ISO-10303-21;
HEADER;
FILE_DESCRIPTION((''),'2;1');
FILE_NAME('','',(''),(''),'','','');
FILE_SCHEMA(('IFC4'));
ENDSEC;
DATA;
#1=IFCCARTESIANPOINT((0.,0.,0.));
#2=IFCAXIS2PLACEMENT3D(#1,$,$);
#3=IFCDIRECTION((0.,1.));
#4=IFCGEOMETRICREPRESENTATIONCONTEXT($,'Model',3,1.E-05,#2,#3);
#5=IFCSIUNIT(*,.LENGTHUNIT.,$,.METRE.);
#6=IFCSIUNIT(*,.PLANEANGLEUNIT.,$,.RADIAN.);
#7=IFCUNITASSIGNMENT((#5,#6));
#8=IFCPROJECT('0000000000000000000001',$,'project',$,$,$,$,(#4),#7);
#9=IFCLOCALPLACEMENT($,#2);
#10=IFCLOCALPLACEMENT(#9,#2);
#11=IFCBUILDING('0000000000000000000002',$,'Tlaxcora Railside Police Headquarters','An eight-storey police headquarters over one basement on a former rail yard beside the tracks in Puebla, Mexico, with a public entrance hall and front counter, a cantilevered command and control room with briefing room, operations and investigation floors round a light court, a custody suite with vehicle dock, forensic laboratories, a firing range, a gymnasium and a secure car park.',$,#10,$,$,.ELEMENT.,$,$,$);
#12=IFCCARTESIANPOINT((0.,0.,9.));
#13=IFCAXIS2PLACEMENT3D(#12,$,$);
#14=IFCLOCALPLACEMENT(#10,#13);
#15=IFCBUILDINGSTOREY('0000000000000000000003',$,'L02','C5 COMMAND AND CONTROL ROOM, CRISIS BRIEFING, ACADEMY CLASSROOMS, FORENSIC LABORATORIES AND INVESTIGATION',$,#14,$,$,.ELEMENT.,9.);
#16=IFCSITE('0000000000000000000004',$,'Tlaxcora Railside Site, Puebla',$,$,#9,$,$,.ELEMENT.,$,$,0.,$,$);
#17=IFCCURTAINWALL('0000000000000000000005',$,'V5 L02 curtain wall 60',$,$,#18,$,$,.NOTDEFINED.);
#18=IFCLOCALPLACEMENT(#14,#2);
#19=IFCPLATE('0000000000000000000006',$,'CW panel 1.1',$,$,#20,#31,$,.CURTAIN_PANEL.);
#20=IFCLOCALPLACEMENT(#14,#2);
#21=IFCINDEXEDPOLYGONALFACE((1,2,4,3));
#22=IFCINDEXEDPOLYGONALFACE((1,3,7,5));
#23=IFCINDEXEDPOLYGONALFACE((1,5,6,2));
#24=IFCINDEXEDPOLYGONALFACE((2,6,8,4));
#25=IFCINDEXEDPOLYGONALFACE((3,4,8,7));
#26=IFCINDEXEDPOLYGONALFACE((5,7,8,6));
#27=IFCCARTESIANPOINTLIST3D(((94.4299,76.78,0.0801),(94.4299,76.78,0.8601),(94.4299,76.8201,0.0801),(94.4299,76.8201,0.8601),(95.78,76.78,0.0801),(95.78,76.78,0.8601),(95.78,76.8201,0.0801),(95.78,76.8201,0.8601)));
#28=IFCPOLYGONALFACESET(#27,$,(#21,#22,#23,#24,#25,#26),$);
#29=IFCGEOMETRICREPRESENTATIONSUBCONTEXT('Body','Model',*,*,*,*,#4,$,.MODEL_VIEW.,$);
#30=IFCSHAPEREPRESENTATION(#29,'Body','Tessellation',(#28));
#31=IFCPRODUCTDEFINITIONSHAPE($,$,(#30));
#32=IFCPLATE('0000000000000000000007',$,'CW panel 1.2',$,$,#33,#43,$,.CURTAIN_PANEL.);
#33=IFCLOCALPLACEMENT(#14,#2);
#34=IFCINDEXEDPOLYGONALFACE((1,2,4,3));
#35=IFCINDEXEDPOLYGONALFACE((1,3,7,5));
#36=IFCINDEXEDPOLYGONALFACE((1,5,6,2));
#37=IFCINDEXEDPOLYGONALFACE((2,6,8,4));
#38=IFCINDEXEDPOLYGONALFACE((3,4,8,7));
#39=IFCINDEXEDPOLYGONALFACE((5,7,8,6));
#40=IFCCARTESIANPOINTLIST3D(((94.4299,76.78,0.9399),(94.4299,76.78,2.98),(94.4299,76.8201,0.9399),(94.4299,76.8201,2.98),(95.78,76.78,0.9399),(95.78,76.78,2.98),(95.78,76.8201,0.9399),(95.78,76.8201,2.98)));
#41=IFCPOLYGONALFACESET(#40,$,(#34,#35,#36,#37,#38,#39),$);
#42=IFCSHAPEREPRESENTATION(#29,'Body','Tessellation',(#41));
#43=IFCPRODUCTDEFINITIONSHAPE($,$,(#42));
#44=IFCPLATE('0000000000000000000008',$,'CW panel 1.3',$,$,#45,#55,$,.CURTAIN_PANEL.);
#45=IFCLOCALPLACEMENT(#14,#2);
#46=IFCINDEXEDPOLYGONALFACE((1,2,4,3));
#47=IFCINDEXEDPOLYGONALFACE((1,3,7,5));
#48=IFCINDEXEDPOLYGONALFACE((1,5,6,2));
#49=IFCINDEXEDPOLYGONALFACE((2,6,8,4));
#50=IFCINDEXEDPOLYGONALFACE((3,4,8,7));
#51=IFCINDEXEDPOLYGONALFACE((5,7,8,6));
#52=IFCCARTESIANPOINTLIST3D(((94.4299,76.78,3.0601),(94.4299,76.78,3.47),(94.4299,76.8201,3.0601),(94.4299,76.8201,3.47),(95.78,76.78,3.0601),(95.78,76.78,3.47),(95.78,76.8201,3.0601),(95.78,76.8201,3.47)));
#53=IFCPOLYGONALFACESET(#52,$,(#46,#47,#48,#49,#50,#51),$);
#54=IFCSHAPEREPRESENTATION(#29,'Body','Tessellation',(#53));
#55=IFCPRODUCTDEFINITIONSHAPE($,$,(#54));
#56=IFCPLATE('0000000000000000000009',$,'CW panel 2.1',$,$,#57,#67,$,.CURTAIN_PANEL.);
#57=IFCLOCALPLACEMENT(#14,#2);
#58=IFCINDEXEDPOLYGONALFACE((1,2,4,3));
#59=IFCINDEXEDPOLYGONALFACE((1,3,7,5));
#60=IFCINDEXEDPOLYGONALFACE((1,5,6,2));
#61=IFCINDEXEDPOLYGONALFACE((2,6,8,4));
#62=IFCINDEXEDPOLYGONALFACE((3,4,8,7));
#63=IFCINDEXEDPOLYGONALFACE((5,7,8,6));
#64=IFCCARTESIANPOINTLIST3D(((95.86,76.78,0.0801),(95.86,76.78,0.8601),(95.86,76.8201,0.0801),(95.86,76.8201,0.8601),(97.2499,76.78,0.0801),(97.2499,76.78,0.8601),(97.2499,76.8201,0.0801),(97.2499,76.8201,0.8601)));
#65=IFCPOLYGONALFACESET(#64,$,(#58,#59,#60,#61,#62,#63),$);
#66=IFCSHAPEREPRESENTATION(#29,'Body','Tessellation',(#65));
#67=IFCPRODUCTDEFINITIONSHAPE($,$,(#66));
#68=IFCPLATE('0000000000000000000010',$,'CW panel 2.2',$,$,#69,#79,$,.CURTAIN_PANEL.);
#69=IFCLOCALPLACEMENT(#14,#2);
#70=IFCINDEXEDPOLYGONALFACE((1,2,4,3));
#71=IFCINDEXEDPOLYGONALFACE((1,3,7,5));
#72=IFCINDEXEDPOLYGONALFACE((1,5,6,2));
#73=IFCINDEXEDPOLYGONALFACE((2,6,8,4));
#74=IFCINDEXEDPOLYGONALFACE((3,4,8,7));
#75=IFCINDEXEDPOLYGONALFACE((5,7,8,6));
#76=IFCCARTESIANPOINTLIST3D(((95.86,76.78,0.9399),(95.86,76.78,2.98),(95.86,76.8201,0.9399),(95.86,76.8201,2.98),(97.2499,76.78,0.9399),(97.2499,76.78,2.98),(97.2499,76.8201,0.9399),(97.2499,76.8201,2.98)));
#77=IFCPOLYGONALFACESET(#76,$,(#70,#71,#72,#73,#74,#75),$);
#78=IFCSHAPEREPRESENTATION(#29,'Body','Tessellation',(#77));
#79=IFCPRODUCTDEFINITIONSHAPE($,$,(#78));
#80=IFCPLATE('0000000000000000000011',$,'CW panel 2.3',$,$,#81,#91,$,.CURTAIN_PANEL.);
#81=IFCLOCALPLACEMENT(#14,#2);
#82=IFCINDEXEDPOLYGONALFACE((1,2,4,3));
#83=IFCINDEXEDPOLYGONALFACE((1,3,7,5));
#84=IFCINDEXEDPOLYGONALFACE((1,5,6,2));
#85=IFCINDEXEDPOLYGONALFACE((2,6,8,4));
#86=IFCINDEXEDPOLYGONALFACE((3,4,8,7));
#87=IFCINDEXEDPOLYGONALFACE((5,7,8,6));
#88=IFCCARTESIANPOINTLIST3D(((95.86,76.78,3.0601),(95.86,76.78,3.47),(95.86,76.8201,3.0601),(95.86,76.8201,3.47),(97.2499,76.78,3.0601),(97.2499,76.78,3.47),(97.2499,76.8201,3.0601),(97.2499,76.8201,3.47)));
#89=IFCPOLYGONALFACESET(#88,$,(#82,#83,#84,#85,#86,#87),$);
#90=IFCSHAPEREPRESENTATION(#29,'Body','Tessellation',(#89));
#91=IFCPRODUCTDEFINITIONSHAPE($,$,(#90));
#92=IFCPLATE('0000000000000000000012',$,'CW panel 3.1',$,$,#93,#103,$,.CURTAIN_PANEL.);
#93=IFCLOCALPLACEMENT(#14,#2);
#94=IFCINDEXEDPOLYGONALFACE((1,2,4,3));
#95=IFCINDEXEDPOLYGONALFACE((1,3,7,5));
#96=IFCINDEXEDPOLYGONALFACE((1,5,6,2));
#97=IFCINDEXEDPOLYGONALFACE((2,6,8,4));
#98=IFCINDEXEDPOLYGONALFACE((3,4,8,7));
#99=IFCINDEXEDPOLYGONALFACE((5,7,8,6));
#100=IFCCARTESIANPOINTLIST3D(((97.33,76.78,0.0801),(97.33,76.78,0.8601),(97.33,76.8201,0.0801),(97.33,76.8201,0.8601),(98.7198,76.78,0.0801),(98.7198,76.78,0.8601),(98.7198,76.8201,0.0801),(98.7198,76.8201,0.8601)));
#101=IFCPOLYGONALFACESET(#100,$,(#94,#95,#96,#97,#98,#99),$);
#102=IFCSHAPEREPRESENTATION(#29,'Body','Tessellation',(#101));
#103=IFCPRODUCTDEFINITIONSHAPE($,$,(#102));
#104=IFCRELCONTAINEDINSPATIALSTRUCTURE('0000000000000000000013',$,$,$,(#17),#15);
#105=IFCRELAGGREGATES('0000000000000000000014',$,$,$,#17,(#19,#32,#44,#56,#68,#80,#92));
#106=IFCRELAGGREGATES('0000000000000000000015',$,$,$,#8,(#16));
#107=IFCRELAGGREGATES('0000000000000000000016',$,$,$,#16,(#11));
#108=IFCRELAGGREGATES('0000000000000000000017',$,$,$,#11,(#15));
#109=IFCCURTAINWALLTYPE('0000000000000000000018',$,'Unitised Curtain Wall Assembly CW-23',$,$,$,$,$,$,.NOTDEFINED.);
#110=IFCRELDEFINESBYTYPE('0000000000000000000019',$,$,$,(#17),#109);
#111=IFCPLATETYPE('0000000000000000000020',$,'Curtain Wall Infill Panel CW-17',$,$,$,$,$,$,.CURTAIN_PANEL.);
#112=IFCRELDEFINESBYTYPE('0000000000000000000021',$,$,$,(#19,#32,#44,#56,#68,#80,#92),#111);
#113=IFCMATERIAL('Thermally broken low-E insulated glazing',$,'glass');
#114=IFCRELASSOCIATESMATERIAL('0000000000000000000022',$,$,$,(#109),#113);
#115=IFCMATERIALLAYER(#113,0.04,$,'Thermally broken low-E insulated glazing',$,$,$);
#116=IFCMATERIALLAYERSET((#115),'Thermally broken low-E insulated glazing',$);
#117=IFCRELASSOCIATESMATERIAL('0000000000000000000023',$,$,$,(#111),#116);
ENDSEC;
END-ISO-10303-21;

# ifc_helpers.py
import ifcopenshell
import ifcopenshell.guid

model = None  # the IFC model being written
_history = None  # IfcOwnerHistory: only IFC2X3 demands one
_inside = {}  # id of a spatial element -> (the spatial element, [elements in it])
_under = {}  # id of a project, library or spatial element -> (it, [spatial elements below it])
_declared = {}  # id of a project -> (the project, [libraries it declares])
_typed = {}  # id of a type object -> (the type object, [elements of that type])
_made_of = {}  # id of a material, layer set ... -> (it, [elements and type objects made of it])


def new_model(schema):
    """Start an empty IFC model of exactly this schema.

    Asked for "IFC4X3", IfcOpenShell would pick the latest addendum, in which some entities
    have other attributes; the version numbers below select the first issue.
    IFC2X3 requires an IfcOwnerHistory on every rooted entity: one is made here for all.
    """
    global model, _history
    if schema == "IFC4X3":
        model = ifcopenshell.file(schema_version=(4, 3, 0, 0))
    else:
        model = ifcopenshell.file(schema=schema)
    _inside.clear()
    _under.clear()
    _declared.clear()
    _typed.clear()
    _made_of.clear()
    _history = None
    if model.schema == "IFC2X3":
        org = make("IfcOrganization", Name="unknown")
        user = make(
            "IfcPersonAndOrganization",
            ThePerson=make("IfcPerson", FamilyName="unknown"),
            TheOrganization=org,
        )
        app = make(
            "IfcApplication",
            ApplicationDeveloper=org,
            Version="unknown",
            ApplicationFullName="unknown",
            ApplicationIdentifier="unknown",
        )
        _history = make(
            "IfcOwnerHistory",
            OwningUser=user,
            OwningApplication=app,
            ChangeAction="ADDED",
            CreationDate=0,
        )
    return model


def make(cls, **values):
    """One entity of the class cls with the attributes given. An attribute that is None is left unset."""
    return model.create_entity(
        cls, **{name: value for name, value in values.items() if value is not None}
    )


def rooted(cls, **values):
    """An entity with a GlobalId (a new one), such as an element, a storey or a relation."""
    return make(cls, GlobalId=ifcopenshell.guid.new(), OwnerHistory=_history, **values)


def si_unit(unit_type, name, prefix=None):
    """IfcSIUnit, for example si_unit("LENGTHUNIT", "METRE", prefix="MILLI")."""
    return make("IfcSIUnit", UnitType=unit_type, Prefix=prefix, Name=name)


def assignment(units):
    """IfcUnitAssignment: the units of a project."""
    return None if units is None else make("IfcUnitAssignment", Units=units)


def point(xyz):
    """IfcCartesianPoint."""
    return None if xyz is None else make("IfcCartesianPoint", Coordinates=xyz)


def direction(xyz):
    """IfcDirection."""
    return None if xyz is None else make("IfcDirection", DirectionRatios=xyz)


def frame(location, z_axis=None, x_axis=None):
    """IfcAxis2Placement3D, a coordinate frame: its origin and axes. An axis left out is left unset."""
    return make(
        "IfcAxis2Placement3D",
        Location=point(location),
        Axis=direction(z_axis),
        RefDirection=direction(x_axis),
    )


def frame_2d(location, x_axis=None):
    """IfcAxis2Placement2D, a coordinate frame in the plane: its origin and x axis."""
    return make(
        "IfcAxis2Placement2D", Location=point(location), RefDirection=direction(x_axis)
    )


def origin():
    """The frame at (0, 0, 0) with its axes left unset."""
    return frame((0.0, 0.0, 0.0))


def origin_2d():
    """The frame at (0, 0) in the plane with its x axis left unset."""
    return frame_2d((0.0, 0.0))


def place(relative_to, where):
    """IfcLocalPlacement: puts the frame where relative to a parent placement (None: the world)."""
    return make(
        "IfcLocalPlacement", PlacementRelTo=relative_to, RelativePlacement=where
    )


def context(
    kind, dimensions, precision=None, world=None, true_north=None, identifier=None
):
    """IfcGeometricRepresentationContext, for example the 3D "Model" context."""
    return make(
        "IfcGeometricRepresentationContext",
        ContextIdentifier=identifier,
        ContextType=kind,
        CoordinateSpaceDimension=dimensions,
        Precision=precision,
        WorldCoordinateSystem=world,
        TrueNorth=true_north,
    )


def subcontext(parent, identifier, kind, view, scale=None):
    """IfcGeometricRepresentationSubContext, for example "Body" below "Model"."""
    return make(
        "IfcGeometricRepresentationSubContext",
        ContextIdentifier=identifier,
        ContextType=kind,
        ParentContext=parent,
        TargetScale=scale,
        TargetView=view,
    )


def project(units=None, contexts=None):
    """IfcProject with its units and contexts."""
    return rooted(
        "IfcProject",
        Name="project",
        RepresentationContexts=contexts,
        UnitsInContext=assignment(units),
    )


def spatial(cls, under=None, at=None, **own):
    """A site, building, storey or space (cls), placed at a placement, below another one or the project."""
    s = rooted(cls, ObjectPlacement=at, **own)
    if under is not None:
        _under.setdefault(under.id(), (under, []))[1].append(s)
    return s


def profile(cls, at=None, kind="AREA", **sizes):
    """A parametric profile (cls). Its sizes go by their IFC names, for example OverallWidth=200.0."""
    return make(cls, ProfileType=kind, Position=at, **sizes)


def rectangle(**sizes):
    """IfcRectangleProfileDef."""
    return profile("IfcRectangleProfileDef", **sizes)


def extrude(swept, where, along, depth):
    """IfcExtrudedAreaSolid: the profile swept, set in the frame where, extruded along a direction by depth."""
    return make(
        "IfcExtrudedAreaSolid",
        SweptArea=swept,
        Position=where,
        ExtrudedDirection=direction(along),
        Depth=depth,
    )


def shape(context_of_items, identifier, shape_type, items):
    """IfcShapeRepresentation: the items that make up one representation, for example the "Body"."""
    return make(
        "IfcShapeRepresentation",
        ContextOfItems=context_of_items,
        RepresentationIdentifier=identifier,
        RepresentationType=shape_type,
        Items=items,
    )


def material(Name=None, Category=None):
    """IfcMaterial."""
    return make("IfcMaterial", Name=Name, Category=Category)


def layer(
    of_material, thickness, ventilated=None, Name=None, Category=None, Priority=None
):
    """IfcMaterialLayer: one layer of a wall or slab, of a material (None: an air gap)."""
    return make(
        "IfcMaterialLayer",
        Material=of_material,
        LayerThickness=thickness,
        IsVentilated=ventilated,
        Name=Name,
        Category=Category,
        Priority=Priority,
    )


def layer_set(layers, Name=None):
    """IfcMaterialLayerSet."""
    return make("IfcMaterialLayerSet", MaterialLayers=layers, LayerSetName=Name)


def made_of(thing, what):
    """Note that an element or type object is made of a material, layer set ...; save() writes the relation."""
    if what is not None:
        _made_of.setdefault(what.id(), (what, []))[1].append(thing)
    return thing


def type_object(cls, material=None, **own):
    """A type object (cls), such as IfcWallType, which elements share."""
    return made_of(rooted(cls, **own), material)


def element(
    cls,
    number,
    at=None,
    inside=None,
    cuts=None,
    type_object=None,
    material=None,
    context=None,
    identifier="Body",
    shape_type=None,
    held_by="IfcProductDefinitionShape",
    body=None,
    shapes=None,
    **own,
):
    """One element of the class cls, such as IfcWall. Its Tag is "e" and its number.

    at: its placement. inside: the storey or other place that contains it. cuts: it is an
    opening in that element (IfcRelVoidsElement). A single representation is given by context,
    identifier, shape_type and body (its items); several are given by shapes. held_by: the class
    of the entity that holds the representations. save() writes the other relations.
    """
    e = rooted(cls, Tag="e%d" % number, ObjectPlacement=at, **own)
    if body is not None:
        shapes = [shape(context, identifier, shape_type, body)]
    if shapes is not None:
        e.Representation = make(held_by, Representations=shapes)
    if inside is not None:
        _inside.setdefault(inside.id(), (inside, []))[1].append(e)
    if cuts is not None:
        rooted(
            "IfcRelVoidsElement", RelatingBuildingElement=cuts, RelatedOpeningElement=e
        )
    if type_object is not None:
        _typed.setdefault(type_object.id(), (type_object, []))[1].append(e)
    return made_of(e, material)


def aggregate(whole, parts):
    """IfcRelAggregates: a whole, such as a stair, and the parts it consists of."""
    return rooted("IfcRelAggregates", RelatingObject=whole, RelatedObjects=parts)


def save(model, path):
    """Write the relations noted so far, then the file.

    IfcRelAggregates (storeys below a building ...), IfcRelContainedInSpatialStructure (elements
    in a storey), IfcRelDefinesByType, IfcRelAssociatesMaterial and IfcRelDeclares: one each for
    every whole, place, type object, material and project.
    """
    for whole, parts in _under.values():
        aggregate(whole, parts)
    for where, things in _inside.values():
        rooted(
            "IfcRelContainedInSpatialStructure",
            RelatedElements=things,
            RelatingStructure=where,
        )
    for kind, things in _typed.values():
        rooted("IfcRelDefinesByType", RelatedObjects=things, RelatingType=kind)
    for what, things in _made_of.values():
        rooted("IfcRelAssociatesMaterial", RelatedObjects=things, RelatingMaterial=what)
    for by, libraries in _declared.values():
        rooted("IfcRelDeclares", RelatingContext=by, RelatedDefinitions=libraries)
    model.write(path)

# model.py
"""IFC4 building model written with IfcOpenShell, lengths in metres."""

from ifc_helpers import new_model, si_unit, direction, frame, origin, origin_2d, place, context, subcontext, project, spatial, rectangle, extrude, material, layer, layer_set, type_object, element, aggregate, save


model = new_model("IFC4")

# Units and contexts
model_context = context("Model", 3, precision=1e-05, world=origin(), true_north=direction((0.0, 1.0)))
body_context = subcontext(model_context, "Body", "Model", "MODEL_VIEW")
ifc_project = project(units=[si_unit("LENGTHUNIT", "METRE"), si_unit("PLANEANGLEUNIT", "RADIAN")], contexts=[model_context])

# Site, building, storey
site_placement = place(None, origin())
site = spatial("IfcSite", under=ifc_project, at=site_placement, Name="Tlaxcora Railside Site, Puebla", CompositionType="ELEMENT", RefElevation=0.0)
building_placement = place(site_placement, origin())
building = spatial("IfcBuilding", under=site, at=building_placement, Name="Tlaxcora Railside Police Headquarters", Description="An eight-storey police headquarters over one basement on a former rail yard beside the tracks in Puebla, Mexico, with a public entrance hall and front counter, a cantilevered command and control room with briefing room, operations and investigation floors round a light court, a custody suite with vehicle dock, forensic laboratories, a firing range, a gymnasium and a secure car park.", CompositionType="ELEMENT")
storey_placement = place(building_placement, frame((0.0, 0.0, 9.0)))
storey = spatial("IfcBuildingStorey", under=building, at=storey_placement, Name="L02", Description="C5 COMMAND AND CONTROL ROOM, CRISIS BRIEFING, ACADEMY CLASSROOMS, FORENSIC LABORATORIES AND INVESTIGATION", CompositionType="ELEMENT", Elevation=9.0)

# Curtain wall, plates
ifc_material_1 = material(Name="Thermally broken low-E insulated glazing", Category="glass")
curtain_wall_type = type_object("IfcCurtainWallType", Name="Unitised Curtain Wall Assembly CW-23", PredefinedType="NOTDEFINED", material=ifc_material_1)
curtain_wall_placement = place(storey_placement, origin())
curtain_wall = element("IfcCurtainWall", 1, at=curtain_wall_placement, inside=storey, type_object=curtain_wall_type, Name="V5 L02 curtain wall 60", PredefinedType="NOTDEFINED")
ifc_layer = layer(ifc_material_1, 0.04, Name="Thermally broken low-E insulated glazing")
ifc_layer_set = layer_set([ifc_layer], Name="Thermally broken low-E insulated glazing")
plate_type = type_object("IfcPlateType", Name="Curtain Wall Infill Panel CW-17", PredefinedType="CURTAIN_PANEL", material=ifc_layer_set)
plate_1_placement = place(storey_placement, frame((95.105, 76.8, 0.0801), z_axis=(0.0, 0.0, 1.0), x_axis=(1.0, 0.0, 0.0)))
plate_1 = element("IfcPlate", 2, at=plate_1_placement, type_object=plate_type, Name="CW panel 1.1", PredefinedType="CURTAIN_PANEL", context=body_context, shape_type="SweptSolid", body=[
    extrude(rectangle(XDim=1.3501, YDim=0.04, at=origin_2d()), origin(), (0.0, 0.0, 1.0), 0.78),
])
plate_2_placement = place(storey_placement, frame((95.105, 76.8, 0.9399), z_axis=(0.0, 0.0, 1.0), x_axis=(1.0, 0.0, 0.0)))
plate_2 = element("IfcPlate", 3, at=plate_2_placement, type_object=plate_type, Name="CW panel 1.2", PredefinedType="CURTAIN_PANEL", context=body_context, shape_type="SweptSolid", body=[
    extrude(rectangle(XDim=1.3501, YDim=0.04, at=origin_2d()), origin(), (0.0, 0.0, 1.0), 2.04),
])
plate_3_placement = place(storey_placement, frame((95.105, 76.8, 3.0601), z_axis=(0.0, 0.0, 1.0), x_axis=(1.0, 0.0, 0.0)))
plate_3 = element("IfcPlate", 4, at=plate_3_placement, type_object=plate_type, Name="CW panel 1.3", PredefinedType="CURTAIN_PANEL", context=body_context, shape_type="SweptSolid", body=[
    extrude(rectangle(XDim=1.3501, YDim=0.04, at=origin_2d()), origin(), (0.0, 0.0, 1.0), 0.4099),
])
plate_4_placement = place(storey_placement, frame((96.5549, 76.8, 0.0801), z_axis=(0.0, 0.0, 1.0), x_axis=(1.0, 0.0, 0.0)))
plate_4 = element("IfcPlate", 5, at=plate_4_placement, type_object=plate_type, Name="CW panel 2.1", PredefinedType="CURTAIN_PANEL", context=body_context, shape_type="SweptSolid", body=[
    extrude(rectangle(XDim=1.3899, YDim=0.04, at=origin_2d()), origin(), (0.0, 0.0, 1.0), 0.78),
])
plate_5_placement = place(storey_placement, frame((96.5549, 76.8, 0.9399), z_axis=(0.0, 0.0, 1.0), x_axis=(1.0, 0.0, 0.0)))
plate_5 = element("IfcPlate", 6, at=plate_5_placement, type_object=plate_type, Name="CW panel 2.2", PredefinedType="CURTAIN_PANEL", context=body_context, shape_type="SweptSolid", body=[
    extrude(rectangle(XDim=1.3899, YDim=0.04, at=origin_2d()), origin(), (0.0, 0.0, 1.0), 2.04),
])
plate_6_placement = place(storey_placement, frame((96.5549, 76.8, 3.0601), z_axis=(0.0, 0.0, 1.0), x_axis=(1.0, 0.0, 0.0)))
plate_6 = element("IfcPlate", 7, at=plate_6_placement, type_object=plate_type, Name="CW panel 2.3", PredefinedType="CURTAIN_PANEL", context=body_context, shape_type="SweptSolid", body=[
    extrude(rectangle(XDim=1.3899, YDim=0.04, at=origin_2d()), origin(), (0.0, 0.0, 1.0), 0.4099),
])
plate_7_placement = place(storey_placement, frame((98.0249, 76.8, 0.0801), z_axis=(0.0, 0.0, 1.0), x_axis=(1.0, 0.0, 0.0)))
plate_7 = element("IfcPlate", 8, at=plate_7_placement, type_object=plate_type, Name="CW panel 3.1", PredefinedType="CURTAIN_PANEL", context=body_context, shape_type="SweptSolid", body=[
    extrude(rectangle(XDim=1.3899, YDim=0.04, at=origin_2d()), origin(), (0.0, 0.0, 1.0), 0.78),
])
aggregate(curtain_wall, [plate_1, plate_2, plate_3, plate_4, plate_5, plate_6, plate_7])

save(model, "model.ifc")
